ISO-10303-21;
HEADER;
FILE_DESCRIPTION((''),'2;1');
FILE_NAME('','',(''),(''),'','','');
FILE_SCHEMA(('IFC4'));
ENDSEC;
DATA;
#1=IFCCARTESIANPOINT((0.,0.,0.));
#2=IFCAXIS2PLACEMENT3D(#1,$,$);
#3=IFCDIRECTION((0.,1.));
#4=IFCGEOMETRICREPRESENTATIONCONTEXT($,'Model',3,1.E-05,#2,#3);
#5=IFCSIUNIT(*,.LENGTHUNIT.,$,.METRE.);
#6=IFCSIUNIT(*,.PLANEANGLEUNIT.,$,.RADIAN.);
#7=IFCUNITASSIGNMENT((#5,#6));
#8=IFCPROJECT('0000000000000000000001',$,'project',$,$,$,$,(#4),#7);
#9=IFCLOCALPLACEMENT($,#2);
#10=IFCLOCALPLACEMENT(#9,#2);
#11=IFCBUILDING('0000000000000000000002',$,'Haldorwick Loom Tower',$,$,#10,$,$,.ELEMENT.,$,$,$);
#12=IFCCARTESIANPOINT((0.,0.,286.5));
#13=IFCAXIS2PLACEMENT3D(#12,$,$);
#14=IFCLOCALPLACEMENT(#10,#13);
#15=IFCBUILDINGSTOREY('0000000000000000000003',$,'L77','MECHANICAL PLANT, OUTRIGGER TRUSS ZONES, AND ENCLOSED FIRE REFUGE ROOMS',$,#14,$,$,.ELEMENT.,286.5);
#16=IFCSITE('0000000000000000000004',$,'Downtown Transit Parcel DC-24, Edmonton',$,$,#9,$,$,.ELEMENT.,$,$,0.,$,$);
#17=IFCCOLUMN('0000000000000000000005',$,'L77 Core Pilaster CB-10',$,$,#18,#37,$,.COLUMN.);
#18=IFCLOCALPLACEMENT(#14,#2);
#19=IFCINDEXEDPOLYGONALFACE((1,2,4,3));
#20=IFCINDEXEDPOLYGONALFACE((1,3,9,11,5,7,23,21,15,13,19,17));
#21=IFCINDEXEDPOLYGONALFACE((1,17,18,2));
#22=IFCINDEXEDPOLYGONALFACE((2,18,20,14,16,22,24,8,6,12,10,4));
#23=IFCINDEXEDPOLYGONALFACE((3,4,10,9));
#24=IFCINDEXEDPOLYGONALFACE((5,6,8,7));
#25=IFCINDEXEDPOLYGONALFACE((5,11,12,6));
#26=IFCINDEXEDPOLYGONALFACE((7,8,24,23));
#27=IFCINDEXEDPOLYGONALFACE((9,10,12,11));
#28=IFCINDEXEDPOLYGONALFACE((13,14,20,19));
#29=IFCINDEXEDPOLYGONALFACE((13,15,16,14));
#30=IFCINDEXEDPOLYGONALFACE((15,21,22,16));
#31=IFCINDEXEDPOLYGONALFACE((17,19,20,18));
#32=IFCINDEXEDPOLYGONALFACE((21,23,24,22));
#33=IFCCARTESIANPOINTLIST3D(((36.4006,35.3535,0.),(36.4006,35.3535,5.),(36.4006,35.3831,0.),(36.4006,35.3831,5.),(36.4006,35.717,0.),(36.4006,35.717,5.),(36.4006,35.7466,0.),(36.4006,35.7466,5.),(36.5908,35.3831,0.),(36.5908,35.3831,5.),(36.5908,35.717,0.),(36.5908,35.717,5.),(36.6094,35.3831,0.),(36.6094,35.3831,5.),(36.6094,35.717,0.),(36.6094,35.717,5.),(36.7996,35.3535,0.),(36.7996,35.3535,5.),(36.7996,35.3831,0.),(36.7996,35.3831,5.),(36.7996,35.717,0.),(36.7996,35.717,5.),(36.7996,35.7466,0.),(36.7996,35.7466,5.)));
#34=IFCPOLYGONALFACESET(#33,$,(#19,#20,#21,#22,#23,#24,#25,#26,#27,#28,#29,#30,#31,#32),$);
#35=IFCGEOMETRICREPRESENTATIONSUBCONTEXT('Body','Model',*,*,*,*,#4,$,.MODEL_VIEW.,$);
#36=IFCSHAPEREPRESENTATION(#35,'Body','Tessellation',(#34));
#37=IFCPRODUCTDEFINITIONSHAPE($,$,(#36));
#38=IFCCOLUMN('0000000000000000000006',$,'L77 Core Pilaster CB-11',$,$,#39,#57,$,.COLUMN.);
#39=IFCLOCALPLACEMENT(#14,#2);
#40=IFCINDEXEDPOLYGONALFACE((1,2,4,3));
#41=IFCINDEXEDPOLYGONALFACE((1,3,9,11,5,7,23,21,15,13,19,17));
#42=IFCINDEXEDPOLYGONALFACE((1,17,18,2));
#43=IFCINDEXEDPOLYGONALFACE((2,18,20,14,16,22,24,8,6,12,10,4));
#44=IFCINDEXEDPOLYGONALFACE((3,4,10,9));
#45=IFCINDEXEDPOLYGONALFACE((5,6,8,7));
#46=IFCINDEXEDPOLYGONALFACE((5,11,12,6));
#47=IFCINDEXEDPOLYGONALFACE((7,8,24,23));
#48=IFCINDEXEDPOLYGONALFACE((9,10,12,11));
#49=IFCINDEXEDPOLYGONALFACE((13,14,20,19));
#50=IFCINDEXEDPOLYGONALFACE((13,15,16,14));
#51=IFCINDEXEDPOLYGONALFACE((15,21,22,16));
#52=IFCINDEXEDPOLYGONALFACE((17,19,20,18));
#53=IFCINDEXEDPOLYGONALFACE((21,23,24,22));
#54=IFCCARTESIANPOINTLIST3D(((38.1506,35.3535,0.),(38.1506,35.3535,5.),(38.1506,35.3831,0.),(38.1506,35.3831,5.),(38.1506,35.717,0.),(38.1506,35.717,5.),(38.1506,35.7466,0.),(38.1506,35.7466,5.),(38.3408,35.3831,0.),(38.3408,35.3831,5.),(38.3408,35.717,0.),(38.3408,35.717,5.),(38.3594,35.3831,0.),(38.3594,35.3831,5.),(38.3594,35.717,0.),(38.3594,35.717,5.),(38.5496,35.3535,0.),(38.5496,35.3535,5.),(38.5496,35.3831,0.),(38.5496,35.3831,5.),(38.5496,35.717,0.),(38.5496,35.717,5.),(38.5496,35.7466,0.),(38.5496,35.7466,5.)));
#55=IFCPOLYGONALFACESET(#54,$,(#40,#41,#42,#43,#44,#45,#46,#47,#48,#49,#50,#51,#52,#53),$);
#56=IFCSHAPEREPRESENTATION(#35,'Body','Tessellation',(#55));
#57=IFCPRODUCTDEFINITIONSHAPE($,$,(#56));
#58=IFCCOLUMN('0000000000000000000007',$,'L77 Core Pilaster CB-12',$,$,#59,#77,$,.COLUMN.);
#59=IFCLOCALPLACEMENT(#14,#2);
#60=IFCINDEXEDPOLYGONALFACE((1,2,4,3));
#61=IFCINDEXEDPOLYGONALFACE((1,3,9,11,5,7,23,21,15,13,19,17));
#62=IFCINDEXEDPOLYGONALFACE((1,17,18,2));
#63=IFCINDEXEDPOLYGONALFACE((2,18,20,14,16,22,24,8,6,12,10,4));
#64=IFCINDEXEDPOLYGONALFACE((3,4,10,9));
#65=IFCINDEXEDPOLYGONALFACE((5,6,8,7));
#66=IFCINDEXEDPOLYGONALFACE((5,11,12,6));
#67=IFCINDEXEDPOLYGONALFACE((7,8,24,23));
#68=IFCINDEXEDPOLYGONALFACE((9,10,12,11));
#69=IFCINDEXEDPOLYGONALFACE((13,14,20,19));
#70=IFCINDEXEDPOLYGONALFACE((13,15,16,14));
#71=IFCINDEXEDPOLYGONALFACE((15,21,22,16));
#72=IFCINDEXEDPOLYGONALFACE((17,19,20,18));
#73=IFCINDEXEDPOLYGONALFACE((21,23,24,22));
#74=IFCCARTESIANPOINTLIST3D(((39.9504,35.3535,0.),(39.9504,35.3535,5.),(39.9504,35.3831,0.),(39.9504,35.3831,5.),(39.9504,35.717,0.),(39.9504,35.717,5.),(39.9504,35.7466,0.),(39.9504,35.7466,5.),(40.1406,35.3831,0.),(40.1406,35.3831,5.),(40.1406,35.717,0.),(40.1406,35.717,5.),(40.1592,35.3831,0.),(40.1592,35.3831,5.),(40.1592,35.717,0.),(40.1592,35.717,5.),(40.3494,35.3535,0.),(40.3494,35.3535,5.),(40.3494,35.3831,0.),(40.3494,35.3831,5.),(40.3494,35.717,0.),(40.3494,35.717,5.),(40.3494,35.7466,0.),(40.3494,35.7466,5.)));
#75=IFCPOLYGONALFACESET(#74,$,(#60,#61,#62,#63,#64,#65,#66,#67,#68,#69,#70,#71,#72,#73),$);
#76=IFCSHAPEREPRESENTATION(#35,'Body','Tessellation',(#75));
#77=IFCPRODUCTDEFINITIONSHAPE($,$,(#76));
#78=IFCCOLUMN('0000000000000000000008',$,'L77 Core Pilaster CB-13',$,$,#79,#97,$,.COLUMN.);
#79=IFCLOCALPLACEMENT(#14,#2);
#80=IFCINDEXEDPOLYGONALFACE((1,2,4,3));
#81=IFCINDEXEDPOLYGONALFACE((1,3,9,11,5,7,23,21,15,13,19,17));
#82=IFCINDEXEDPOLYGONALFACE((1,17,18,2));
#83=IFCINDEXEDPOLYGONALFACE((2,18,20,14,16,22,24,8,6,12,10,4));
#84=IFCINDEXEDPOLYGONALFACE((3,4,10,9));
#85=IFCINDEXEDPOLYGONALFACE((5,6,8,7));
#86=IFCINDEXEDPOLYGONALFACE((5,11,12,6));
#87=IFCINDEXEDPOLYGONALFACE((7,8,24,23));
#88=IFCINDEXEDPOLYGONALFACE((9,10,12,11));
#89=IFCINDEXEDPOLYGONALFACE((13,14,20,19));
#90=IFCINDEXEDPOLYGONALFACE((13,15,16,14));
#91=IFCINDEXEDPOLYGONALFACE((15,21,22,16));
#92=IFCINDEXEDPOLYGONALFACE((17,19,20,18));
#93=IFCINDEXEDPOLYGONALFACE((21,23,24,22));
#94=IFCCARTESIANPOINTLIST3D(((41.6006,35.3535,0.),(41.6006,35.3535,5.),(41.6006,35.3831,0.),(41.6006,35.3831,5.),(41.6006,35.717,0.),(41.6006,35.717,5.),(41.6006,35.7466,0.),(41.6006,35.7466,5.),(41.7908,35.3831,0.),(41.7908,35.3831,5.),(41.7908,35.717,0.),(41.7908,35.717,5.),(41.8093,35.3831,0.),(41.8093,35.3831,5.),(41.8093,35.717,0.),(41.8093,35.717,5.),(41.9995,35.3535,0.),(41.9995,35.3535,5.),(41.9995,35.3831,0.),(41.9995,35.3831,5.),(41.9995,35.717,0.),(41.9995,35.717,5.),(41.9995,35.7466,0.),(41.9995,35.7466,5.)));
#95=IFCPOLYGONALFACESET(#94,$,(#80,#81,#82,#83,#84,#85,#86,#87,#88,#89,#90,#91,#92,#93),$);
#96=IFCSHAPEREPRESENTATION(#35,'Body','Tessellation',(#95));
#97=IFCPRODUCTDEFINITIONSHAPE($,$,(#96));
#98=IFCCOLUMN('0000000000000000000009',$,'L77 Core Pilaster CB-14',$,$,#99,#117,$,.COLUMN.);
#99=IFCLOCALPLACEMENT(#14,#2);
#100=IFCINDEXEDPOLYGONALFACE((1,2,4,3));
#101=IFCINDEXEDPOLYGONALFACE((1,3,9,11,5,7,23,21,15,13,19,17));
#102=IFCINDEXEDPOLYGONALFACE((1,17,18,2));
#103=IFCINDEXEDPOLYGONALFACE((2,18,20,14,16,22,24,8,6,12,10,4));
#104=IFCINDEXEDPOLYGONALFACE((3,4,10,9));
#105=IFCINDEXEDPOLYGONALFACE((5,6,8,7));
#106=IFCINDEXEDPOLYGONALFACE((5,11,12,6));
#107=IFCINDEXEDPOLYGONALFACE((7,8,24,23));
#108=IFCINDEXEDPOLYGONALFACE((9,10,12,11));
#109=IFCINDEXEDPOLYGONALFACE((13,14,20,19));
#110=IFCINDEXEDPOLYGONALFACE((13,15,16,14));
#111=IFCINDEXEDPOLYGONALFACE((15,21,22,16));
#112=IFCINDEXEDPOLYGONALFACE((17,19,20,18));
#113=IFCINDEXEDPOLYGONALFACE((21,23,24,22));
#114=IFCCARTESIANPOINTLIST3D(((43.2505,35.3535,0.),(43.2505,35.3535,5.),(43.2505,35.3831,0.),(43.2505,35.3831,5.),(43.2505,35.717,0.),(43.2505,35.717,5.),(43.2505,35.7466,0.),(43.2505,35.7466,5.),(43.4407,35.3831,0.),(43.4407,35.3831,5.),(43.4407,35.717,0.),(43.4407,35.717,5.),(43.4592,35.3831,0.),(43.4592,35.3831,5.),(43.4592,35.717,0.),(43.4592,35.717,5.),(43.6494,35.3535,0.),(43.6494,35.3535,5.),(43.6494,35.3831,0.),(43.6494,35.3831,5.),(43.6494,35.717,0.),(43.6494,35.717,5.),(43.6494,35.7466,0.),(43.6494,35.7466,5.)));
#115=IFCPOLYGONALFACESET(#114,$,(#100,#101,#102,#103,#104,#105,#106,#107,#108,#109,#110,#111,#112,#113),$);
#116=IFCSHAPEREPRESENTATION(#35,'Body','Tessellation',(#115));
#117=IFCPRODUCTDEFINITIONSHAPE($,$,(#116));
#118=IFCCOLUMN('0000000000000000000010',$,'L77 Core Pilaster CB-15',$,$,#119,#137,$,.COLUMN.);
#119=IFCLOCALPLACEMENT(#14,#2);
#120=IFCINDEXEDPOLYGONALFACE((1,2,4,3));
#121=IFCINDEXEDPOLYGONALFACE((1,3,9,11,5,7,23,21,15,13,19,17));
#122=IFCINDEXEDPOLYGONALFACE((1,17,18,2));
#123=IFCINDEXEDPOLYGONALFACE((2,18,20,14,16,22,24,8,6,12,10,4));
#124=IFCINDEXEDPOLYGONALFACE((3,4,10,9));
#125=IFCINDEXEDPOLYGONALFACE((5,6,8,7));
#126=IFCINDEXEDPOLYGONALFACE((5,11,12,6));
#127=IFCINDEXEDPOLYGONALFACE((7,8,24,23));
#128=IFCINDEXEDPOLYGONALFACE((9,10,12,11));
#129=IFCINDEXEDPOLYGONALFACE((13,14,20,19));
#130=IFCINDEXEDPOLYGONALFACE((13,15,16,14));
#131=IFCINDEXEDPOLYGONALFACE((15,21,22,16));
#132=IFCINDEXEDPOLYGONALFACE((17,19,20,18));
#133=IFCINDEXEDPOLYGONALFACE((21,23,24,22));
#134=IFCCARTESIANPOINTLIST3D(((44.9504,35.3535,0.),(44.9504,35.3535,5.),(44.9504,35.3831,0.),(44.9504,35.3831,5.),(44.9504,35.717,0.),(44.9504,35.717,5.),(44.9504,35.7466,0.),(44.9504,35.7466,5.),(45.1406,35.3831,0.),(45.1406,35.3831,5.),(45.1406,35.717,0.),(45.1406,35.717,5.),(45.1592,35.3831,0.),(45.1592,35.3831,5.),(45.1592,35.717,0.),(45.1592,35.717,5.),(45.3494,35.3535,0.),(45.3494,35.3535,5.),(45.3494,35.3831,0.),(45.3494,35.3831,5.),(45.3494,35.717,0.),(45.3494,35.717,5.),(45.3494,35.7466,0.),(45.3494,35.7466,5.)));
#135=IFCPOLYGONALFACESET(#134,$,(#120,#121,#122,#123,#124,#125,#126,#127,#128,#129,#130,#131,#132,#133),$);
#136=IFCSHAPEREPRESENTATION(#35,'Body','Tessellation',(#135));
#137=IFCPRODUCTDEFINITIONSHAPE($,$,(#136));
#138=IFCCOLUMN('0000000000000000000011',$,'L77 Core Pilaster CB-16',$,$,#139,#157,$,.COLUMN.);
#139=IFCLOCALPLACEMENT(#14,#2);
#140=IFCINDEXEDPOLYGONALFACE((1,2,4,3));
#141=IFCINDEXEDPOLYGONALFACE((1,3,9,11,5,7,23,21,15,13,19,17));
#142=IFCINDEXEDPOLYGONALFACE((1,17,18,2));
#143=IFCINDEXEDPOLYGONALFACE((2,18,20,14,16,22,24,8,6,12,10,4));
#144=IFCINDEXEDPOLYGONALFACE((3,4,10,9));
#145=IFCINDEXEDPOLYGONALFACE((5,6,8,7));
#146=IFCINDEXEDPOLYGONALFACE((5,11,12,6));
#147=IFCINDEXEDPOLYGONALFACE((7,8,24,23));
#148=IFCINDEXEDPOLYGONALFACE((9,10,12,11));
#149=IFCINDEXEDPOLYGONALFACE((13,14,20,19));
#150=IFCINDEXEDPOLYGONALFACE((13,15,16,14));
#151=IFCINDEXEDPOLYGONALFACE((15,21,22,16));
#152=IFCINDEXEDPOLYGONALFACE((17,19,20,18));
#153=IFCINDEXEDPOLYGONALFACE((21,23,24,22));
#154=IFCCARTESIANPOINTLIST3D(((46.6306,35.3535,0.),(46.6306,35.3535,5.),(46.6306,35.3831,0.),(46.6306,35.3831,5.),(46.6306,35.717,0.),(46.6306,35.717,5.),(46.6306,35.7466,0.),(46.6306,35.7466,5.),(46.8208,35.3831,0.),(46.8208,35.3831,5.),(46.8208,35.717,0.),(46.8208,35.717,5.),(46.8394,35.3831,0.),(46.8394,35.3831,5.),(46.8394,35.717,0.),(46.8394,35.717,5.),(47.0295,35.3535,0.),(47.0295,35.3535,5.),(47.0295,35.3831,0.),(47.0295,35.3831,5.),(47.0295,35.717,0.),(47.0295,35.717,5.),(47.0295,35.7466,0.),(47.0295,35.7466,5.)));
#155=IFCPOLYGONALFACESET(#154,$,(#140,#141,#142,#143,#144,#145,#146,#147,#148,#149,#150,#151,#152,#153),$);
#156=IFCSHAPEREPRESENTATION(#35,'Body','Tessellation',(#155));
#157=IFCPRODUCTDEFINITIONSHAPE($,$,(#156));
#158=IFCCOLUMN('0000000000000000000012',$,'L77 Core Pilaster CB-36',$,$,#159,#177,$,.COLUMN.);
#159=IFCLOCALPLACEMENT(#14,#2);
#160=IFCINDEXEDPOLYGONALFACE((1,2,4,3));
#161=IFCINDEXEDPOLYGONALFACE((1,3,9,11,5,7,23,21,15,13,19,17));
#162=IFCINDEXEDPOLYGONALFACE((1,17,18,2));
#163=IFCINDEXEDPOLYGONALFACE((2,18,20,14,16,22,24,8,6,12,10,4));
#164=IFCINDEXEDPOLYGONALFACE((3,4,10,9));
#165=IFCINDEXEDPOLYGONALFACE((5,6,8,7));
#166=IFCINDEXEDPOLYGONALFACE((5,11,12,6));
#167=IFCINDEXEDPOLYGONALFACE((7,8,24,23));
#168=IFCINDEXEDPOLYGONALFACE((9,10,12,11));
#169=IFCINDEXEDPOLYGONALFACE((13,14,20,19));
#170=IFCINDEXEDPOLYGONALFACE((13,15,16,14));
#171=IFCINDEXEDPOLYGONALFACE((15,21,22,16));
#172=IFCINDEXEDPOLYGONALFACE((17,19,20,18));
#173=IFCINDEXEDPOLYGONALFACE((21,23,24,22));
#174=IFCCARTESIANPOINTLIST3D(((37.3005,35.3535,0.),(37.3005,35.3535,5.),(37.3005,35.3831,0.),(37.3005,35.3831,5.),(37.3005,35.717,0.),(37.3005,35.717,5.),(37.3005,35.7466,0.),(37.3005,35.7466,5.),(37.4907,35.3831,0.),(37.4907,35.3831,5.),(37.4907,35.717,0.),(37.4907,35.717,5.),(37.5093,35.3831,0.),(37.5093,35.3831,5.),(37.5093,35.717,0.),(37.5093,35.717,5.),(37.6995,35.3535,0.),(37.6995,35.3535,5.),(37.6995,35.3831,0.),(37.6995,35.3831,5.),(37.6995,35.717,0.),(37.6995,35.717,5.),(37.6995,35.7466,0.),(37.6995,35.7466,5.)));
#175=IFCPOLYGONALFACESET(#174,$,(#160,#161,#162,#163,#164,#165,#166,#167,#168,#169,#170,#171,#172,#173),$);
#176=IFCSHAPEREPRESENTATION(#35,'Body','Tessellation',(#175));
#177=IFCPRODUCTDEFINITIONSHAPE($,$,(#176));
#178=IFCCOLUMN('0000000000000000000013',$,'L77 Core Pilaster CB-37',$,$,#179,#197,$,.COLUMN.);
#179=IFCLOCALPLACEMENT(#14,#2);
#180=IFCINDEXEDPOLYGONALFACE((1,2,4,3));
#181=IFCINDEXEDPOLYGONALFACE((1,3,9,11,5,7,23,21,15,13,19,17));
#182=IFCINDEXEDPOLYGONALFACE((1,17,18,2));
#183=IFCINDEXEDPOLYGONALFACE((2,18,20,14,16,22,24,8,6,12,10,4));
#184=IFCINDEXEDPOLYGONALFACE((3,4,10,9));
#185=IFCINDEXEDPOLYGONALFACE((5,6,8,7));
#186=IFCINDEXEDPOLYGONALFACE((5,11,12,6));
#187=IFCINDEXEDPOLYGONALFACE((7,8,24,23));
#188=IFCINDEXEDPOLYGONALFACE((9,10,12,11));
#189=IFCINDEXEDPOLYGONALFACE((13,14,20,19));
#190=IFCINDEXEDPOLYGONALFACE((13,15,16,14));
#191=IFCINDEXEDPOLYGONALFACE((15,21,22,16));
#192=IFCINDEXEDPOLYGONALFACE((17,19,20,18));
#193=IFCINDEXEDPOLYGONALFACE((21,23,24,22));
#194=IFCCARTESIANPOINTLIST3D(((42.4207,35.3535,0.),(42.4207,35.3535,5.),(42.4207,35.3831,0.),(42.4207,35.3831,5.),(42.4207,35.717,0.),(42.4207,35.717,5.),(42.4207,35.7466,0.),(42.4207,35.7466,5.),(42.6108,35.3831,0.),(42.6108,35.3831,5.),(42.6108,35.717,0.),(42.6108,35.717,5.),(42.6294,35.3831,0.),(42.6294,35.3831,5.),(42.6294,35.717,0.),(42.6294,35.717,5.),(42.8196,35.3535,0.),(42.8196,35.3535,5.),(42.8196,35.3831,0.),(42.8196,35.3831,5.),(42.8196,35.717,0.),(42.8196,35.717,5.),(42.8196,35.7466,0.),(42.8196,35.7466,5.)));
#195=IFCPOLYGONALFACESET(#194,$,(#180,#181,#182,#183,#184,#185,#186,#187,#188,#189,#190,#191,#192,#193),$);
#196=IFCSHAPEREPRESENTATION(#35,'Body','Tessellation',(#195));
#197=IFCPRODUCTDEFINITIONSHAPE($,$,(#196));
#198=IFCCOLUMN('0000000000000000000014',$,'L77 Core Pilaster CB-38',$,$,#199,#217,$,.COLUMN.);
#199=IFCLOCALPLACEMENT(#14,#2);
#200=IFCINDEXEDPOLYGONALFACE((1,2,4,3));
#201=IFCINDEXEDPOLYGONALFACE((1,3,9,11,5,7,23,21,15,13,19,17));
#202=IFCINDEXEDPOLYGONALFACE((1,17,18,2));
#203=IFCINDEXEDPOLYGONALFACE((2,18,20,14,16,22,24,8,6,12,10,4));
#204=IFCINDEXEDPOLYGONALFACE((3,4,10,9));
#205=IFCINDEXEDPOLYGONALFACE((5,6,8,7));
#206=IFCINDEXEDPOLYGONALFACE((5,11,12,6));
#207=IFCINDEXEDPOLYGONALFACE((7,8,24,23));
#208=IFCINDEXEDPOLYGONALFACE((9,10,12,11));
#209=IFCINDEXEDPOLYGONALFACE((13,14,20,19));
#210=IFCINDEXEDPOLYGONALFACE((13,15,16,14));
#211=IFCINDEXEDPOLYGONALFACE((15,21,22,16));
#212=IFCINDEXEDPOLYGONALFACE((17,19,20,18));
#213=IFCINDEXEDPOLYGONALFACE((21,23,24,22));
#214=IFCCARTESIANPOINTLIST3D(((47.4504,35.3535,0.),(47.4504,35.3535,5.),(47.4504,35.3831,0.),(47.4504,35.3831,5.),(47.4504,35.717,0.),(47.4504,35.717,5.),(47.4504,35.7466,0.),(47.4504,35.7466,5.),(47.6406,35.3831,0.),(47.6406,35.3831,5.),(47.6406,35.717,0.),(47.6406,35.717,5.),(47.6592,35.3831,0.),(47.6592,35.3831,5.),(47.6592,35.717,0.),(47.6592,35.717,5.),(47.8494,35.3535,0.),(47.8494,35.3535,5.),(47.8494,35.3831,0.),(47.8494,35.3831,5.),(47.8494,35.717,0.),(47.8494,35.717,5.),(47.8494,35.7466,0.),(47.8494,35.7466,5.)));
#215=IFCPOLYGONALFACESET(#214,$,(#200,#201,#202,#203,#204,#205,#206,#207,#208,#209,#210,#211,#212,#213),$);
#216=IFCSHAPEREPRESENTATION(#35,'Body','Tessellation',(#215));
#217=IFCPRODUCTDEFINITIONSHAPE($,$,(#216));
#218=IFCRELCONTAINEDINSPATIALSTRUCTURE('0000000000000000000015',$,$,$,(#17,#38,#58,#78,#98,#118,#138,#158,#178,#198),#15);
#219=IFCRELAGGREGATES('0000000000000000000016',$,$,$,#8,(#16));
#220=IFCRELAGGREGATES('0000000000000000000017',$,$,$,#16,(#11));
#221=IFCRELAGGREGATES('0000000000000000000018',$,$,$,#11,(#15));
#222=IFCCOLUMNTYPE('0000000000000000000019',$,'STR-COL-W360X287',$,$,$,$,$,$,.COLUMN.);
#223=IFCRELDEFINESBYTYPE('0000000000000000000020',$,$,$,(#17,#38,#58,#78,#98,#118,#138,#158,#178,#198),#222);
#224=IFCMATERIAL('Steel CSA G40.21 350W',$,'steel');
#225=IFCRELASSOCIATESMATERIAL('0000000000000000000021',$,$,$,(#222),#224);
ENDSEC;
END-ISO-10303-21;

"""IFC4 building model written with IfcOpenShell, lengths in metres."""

from ifc_helpers import new_model, si_unit, direction, frame, origin, origin_2d, place, context, subcontext, project, spatial, i_section, extrude, material, material_profile, profile_set, type_object, element, save


model = new_model("IFC4")

# Units and contexts
model_context = context("Model", 3, precision=1e-05, world=origin(), true_north=direction((0.0, 1.0)))
body_context = subcontext(model_context, "Body", "Model", "MODEL_VIEW")
ifc_project = project(units=[si_unit("LENGTHUNIT", "METRE"), si_unit("PLANEANGLEUNIT", "RADIAN")], contexts=[model_context])

# Site, building, storey
site_placement = place(None, origin())
site = spatial("IfcSite", under=ifc_project, at=site_placement, Name="Downtown Transit Parcel DC-24, Edmonton", CompositionType="ELEMENT", RefElevation=0.0)
building_placement = place(site_placement, origin())
building = spatial("IfcBuilding", under=site, at=building_placement, Name="Haldorwick Loom Tower", CompositionType="ELEMENT")
storey_placement = place(building_placement, frame((0.0, 0.0, 286.5)))
storey = spatial("IfcBuildingStorey", under=building, at=storey_placement, Name="L77", Description="MECHANICAL PLANT, OUTRIGGER TRUSS ZONES, AND ENCLOSED FIRE REFUGE ROOMS", CompositionType="ELEMENT", Elevation=286.5)

# Columns
ifc_material_1 = material(Name="Steel CSA G40.21 350W", Category="steel")
ifc_material_profile_1 = material_profile(ifc_material_1, i_section(OverallWidth=0.3989, OverallDepth=0.3931, WebThickness=0.0186, FlangeThickness=0.0295, at=origin_2d()), Name="W360X287", Category="steel")
ifc_profile_set_1 = profile_set([ifc_material_profile_1], Name="Steel CSA G40.21 350W")
column_type = type_object("IfcColumnType", Name="STR-COL-W360X287", PredefinedType="COLUMN", material=ifc_profile_set_1)
for number, where, z_axis, x_axis, name in (
    (1, (36.6001, 35.55, 0.0), (0.0, 0.0, 1.0), (1.0, 0.0, 0.0), "L77 Core Pilaster CB-10"),
    (2, (38.3501, 35.55, 0.0), (0.0, 0.0, 1.0), (1.0, 0.0, 0.0), "L77 Core Pilaster CB-11"),
    (3, (40.1499, 35.55, 0.0), (0.0, 0.0, 1.0), (1.0, 0.0, 0.0), "L77 Core Pilaster CB-12"),
    (4, (41.8, 35.55, 0.0), (0.0, 0.0, 1.0), (1.0, 0.0, 0.0), "L77 Core Pilaster CB-13"),
    (5, (43.45, 35.55, 0.0), (0.0, 0.0, 1.0), (1.0, 0.0, 0.0), "L77 Core Pilaster CB-14"),
    (6, (45.1499, 35.55, 0.0), (0.0, 0.0, 1.0), (1.0, 0.0, 0.0), "L77 Core Pilaster CB-15"),
    (7, (46.8301, 35.55, 0.0), (0.0, 0.0, 1.0), (1.0, 0.0, 0.0), "L77 Core Pilaster CB-16"),
    (8, (37.5, 35.55, 0.0), (0.0, 0.0, 1.0), (1.0, 0.0, 0.0), "L77 Core Pilaster CB-36"),
    (9, (42.6201, 35.55, 0.0), (0.0, 0.0, 1.0), (1.0, 0.0, 0.0), "L77 Core Pilaster CB-37"),
    (10, (47.6499, 35.55, 0.0), (0.0, 0.0, 1.0), (1.0, 0.0, 0.0), "L77 Core Pilaster CB-38"),
):
    element("IfcColumn", number, at=place(storey_placement, frame(where, z_axis=z_axis, x_axis=x_axis)), inside=storey, type_object=column_type, Name=name, PredefinedType="COLUMN", context=body_context, shape_type="SweptSolid", body=[
        extrude(i_section(OverallWidth=0.3989, OverallDepth=0.3931, WebThickness=0.0186, FlangeThickness=0.0295, at=origin_2d()), origin(), (0.0, 0.0, 1.0), 5.0),
    ])

save(model, "model.ifc")
